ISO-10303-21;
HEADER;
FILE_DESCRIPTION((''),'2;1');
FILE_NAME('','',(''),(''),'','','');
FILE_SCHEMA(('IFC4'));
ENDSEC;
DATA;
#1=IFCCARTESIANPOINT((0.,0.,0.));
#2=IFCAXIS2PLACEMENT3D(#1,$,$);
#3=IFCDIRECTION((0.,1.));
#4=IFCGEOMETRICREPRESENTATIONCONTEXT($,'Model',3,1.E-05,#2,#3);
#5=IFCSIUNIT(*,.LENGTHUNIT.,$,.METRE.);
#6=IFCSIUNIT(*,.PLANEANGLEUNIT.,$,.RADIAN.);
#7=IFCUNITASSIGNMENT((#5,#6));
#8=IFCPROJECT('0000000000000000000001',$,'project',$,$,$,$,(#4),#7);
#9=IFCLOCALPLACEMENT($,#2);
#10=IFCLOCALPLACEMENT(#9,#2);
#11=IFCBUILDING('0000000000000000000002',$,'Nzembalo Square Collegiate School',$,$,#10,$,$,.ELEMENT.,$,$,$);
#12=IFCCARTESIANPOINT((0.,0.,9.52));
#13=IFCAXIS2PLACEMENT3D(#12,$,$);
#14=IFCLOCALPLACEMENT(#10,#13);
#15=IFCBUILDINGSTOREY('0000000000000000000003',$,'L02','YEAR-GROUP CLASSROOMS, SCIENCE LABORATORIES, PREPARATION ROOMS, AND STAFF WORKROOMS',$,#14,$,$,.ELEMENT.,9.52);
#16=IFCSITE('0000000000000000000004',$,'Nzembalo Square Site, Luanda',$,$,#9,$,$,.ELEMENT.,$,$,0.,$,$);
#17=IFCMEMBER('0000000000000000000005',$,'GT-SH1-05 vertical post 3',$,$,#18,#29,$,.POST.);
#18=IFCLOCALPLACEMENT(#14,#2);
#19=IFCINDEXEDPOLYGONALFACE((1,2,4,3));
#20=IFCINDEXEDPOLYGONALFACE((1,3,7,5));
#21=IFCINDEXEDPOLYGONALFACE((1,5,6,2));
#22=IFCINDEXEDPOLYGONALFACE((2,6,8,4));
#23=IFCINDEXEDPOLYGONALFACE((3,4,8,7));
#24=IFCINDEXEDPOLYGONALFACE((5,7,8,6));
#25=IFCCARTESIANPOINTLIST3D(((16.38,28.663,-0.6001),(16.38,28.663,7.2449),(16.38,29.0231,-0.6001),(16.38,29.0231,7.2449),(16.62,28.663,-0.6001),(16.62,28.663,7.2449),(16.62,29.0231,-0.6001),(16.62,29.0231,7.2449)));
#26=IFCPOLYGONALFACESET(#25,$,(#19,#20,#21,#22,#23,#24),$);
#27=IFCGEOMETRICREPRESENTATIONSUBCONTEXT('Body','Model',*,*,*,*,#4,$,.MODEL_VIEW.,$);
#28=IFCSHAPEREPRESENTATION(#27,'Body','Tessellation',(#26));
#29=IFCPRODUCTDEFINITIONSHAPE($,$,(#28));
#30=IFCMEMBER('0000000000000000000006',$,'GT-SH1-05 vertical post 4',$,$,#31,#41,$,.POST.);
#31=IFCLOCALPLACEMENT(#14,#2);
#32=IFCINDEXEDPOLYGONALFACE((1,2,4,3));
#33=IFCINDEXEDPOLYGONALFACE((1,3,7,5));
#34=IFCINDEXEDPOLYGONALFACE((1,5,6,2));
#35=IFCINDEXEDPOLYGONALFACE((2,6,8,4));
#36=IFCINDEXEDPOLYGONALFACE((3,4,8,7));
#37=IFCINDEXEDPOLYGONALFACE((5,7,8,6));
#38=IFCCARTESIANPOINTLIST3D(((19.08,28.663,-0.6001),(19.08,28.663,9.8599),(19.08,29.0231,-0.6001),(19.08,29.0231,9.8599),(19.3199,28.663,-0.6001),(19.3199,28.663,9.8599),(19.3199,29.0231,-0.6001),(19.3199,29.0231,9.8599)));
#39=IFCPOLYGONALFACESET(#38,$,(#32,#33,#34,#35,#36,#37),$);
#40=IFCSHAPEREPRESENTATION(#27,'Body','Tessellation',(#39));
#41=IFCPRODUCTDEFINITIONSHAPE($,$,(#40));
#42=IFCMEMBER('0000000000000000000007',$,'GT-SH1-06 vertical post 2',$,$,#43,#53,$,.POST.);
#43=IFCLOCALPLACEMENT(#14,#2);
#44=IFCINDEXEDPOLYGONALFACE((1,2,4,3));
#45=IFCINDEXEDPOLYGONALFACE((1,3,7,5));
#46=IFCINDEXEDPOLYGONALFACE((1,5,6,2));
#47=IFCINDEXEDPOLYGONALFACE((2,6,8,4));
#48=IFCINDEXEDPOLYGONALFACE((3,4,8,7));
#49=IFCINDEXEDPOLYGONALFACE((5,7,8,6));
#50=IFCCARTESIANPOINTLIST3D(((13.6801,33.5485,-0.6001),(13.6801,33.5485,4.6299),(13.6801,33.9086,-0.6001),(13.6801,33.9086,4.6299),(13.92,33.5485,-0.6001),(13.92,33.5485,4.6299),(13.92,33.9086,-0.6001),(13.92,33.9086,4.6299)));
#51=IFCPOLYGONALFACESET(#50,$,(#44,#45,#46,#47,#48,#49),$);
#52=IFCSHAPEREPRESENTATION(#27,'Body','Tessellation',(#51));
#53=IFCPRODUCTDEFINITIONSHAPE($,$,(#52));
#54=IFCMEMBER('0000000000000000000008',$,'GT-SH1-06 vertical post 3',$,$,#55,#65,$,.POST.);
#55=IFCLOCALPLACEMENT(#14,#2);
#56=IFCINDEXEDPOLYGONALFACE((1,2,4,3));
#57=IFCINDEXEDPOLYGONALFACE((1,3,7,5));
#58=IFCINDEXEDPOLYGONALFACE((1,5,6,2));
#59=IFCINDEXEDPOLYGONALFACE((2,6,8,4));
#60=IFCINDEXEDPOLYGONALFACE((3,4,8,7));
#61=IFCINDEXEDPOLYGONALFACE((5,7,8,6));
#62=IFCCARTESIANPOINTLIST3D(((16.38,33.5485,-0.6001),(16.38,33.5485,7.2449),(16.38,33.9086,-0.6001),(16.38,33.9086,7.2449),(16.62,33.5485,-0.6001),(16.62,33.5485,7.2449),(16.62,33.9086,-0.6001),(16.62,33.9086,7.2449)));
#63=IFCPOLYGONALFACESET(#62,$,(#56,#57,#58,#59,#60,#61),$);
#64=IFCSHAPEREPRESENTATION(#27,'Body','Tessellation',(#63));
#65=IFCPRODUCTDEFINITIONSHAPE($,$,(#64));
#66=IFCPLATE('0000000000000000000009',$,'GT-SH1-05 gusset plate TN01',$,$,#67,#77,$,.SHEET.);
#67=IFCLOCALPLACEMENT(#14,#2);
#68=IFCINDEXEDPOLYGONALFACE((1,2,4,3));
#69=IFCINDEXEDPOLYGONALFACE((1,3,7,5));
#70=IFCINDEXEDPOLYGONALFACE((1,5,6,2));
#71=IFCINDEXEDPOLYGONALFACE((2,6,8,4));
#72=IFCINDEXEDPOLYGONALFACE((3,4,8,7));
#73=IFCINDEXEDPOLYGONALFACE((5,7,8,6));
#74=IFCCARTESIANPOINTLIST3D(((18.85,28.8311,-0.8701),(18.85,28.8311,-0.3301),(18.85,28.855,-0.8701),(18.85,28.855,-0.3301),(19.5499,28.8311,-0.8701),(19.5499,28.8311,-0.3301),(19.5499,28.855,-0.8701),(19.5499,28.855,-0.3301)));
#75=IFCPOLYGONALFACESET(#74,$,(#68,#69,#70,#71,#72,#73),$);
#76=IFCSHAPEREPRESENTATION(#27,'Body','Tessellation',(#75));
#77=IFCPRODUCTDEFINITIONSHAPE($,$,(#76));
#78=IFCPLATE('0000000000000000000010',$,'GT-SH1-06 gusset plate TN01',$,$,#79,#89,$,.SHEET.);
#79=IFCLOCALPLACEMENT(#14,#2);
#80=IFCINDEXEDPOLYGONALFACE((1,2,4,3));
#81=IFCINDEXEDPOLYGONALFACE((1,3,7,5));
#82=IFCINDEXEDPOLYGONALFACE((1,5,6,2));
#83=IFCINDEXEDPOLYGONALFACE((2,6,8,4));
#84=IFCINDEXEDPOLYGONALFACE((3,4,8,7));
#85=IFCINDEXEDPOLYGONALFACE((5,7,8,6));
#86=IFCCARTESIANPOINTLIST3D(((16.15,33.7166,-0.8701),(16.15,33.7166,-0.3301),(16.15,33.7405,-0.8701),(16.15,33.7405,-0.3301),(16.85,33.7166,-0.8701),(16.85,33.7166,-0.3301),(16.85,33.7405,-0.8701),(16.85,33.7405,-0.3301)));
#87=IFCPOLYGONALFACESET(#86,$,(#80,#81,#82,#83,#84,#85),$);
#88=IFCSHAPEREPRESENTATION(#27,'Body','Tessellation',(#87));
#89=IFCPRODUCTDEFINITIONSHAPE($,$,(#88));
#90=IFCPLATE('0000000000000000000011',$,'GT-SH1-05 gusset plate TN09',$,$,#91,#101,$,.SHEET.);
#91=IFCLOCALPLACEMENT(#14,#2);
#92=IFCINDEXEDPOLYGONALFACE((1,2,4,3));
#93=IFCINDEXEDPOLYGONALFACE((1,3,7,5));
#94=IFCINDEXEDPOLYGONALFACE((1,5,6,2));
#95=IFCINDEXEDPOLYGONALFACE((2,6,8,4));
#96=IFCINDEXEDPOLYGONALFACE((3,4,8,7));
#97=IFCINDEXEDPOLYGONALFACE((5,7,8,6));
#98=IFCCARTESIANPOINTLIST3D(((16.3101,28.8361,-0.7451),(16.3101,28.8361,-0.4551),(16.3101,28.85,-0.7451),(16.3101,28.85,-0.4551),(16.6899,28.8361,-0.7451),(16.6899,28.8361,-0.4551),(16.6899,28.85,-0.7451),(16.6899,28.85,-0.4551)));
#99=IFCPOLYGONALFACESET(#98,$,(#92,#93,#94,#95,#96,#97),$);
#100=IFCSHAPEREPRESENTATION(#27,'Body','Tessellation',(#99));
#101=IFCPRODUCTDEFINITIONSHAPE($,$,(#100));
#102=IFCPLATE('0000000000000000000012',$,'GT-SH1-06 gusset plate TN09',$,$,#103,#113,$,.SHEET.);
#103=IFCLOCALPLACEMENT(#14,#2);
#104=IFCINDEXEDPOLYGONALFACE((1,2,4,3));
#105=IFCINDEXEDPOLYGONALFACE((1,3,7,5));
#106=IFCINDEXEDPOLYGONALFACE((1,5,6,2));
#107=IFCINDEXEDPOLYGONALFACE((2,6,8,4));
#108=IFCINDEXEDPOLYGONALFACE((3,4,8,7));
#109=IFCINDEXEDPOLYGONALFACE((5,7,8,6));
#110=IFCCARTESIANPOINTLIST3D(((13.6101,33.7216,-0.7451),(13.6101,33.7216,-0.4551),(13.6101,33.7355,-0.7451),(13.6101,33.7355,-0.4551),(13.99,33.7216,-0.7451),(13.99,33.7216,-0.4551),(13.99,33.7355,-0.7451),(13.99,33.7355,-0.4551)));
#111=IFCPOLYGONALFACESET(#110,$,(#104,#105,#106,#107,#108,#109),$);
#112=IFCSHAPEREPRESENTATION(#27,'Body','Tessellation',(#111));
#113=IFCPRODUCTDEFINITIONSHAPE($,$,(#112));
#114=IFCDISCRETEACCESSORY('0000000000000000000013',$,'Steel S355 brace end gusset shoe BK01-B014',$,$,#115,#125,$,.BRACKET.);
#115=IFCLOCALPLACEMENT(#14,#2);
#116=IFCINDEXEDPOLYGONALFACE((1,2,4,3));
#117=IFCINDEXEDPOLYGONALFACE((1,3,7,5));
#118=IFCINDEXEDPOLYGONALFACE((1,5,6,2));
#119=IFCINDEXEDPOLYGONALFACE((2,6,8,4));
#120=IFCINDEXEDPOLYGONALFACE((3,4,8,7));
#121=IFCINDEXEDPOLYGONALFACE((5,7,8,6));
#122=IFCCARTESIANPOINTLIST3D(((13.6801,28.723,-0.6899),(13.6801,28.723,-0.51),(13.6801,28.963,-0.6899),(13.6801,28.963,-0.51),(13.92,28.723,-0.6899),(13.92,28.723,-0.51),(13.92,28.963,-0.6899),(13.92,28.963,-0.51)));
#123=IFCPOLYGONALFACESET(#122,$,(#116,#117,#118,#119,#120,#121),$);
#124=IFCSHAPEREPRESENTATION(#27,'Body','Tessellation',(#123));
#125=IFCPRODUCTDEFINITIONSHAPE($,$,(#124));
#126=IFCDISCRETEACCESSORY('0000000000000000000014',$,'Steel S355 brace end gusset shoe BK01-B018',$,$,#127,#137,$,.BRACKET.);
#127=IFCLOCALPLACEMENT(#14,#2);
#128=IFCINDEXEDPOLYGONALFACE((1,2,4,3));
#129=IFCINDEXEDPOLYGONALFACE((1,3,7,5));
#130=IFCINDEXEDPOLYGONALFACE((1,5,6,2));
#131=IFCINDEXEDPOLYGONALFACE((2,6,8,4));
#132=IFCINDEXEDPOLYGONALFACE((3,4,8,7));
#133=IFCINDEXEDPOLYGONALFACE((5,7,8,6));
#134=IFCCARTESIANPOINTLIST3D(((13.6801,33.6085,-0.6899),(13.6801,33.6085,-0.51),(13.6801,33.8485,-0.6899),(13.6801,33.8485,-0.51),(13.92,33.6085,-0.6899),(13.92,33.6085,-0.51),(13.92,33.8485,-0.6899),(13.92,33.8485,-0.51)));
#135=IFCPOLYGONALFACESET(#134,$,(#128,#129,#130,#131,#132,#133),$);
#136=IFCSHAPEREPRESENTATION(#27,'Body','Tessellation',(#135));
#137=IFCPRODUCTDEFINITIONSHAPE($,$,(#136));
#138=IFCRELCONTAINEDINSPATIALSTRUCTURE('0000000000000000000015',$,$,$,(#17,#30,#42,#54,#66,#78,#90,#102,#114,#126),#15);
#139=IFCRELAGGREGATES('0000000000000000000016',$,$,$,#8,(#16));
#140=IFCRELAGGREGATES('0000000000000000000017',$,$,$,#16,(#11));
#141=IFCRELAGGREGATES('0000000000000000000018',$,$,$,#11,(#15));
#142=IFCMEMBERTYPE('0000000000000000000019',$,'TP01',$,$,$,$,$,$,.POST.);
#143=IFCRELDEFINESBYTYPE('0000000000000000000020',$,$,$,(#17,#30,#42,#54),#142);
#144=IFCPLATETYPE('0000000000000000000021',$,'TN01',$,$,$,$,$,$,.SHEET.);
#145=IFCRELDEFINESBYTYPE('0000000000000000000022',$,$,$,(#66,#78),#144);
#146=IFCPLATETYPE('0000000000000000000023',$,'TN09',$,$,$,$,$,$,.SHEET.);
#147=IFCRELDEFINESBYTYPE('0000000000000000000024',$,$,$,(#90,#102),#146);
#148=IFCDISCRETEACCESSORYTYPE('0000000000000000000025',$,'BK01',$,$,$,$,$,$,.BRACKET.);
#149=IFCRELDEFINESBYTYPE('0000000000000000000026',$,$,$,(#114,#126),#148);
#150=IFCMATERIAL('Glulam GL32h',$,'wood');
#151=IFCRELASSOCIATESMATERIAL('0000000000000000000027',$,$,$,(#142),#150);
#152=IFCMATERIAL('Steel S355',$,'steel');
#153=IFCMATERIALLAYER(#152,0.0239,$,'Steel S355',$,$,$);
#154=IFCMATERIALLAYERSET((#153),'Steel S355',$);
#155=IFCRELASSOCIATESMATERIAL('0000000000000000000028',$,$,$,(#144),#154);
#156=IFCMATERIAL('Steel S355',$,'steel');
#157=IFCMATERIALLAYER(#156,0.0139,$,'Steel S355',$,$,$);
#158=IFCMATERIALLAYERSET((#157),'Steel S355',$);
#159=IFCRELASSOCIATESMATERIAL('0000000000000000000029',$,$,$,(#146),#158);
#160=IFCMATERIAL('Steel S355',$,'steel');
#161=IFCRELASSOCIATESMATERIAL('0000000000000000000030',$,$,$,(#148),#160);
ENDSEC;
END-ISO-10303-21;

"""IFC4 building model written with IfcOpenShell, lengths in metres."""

from ifc_helpers import new_model, si_unit, direction, frame, origin, origin_2d, place, context, subcontext, project, spatial, rectangle, extrude, material, layer, layer_set, material_profile, profile_set, type_object, element, save


model = new_model("IFC4")

# Units and contexts
model_context = context("Model", 3, precision=1e-05, world=origin(), true_north=direction((0.0, 1.0)))
body_context = subcontext(model_context, "Body", "Model", "MODEL_VIEW")
ifc_project = project(units=[si_unit("LENGTHUNIT", "METRE"), si_unit("PLANEANGLEUNIT", "RADIAN")], contexts=[model_context])

# Site, building, storey
site_placement = place(None, origin())
site = spatial("IfcSite", under=ifc_project, at=site_placement, Name="Nzembalo Square Site, Luanda", CompositionType="ELEMENT", RefElevation=0.0)
building_placement = place(site_placement, origin())
building = spatial("IfcBuilding", under=site, at=building_placement, Name="Nzembalo Square Collegiate School", CompositionType="ELEMENT")
storey_placement = place(building_placement, frame((0.0, 0.0, 9.52)))
storey = spatial("IfcBuildingStorey", under=building, at=storey_placement, Name="L02", Description="YEAR-GROUP CLASSROOMS, SCIENCE LABORATORIES, PREPARATION ROOMS, AND STAFF WORKROOMS", CompositionType="ELEMENT", Elevation=9.52)

# Members
ifc_material_1 = material(Name="Glulam GL32h", Category="wood")
ifc_material_profile_1 = material_profile(ifc_material_1, rectangle(XDim=0.24, YDim=0.3601, at=origin_2d()), Name="GL32h 240x360")
ifc_profile_set_1 = profile_set([ifc_material_profile_1], Name="Glulam GL32h")
member_type_1 = type_object("IfcMemberType", Name="TP01", PredefinedType="POST", material=ifc_profile_set_1)
member_1_placement = place(storey_placement, frame((16.5, 28.843, -0.6001), z_axis=(0.0, 0.0, 1.0), x_axis=(1.0, 0.0, 0.0)))
element("IfcMember", 1, at=member_1_placement, inside=storey, type_object=member_type_1, Name="GT-SH1-05 vertical post 3", PredefinedType="POST", context=body_context, shape_type="SweptSolid", body=[
    extrude(rectangle(XDim=0.24, YDim=0.3601, at=origin_2d()), origin(), (0.0, 0.0, 1.0), 7.845),
])
member_2_placement = place(storey_placement, frame((19.2, 28.843, -0.6001), z_axis=(0.0, 0.0, 1.0), x_axis=(1.0, 0.0, 0.0)))
element("IfcMember", 2, at=member_2_placement, inside=storey, type_object=member_type_1, Name="GT-SH1-05 vertical post 4", PredefinedType="POST", context=body_context, shape_type="SweptSolid", body=[
    extrude(rectangle(XDim=0.24, YDim=0.3601, at=origin_2d()), origin(), (0.0, 0.0, 1.0), 10.46),
])
member_3_placement = place(storey_placement, frame((13.8, 33.7285, -0.6001), z_axis=(0.0, 0.0, 1.0), x_axis=(1.0, 0.0, 0.0)))
element("IfcMember", 3, at=member_3_placement, inside=storey, type_object=member_type_1, Name="GT-SH1-06 vertical post 2", PredefinedType="POST", context=body_context, shape_type="SweptSolid", body=[
    extrude(rectangle(XDim=0.24, YDim=0.3601, at=origin_2d()), origin(), (0.0, 0.0, 1.0), 5.23),
])
member_4_placement = place(storey_placement, frame((16.5, 33.7285, -0.6001), z_axis=(0.0, 0.0, 1.0), x_axis=(1.0, 0.0, 0.0)))
element("IfcMember", 4, at=member_4_placement, inside=storey, type_object=member_type_1, Name="GT-SH1-06 vertical post 3", PredefinedType="POST", context=body_context, shape_type="SweptSolid", body=[
    extrude(rectangle(XDim=0.24, YDim=0.3601, at=origin_2d()), origin(), (0.0, 0.0, 1.0), 7.845),
])

# Plates
ifc_material_2 = material(Name="Steel S355", Category="steel")
ifc_layer_1 = layer(ifc_material_2, 0.0239, Name="Steel S355")
ifc_layer_set_1 = layer_set([ifc_layer_1], Name="Steel S355")
plate_type_1 = type_object("IfcPlateType", Name="TN01", PredefinedType="SHEET", material=ifc_layer_set_1)
for number, where, z_axis, x_axis, name in (
    (5, (19.2, 28.843, -0.8701), (0.0, 0.0, 1.0), (1.0, 0.0, 0.0), "GT-SH1-05 gusset plate TN01"),
    (6, (16.5, 33.7285, -0.8701), (0.0, 0.0, 1.0), (1.0, 0.0, 0.0), "GT-SH1-06 gusset plate TN01"),
):
    element("IfcPlate", number, at=place(storey_placement, frame(where, z_axis=z_axis, x_axis=x_axis)), inside=storey, type_object=plate_type_1, Name=name, PredefinedType="SHEET", context=body_context, shape_type="SweptSolid", body=[
        extrude(rectangle(XDim=0.7, YDim=0.0239, at=origin_2d()), origin(), (0.0, 0.0, 1.0), 0.54),
    ])
ifc_material_3 = material(Name="Steel S355", Category="steel")
ifc_layer_2 = layer(ifc_material_3, 0.0139, Name="Steel S355")
ifc_layer_set_2 = layer_set([ifc_layer_2], Name="Steel S355")
plate_type_2 = type_object("IfcPlateType", Name="TN09", PredefinedType="SHEET", material=ifc_layer_set_2)
for number, where, z_axis, x_axis, name in (
    (7, (16.5, 28.843, -0.7451), (0.0, 0.0, 1.0), (1.0, 0.0, 0.0), "GT-SH1-05 gusset plate TN09"),
    (8, (13.8, 33.7285, -0.7451), (0.0, 0.0, 1.0), (1.0, 0.0, 0.0), "GT-SH1-06 gusset plate TN09"),
):
    element("IfcPlate", number, at=place(storey_placement, frame(where, z_axis=z_axis, x_axis=x_axis)), inside=storey, type_object=plate_type_2, Name=name, PredefinedType="SHEET", context=body_context, shape_type="SweptSolid", body=[
        extrude(rectangle(XDim=0.3799, YDim=0.0139, at=origin_2d()), origin(), (0.0, 0.0, 1.0), 0.29),
    ])

# Discrete accessories
ifc_material_4 = material(Name="Steel S355", Category="steel")
discrete_accessory_type = type_object("IfcDiscreteAccessoryType", Name="BK01", PredefinedType="BRACKET", material=ifc_material_4)
for number, where, z_axis, x_axis, name in (
    (9, (13.8, 28.843, -0.6899), (0.0, 0.0, 1.0), (1.0, 0.0, 0.0), "Steel S355 brace end gusset shoe BK01-B014"),
    (10, (13.8, 33.7285, -0.6899), (0.0, 0.0, 1.0), (1.0, 0.0, 0.0), "Steel S355 brace end gusset shoe BK01-B018"),
):
    element("IfcDiscreteAccessory", number, at=place(storey_placement, frame(where, z_axis=z_axis, x_axis=x_axis)), inside=storey, type_object=discrete_accessory_type, Name=name, PredefinedType="BRACKET", context=body_context, shape_type="SweptSolid", body=[
        extrude(rectangle(XDim=0.24, YDim=0.24, at=origin_2d()), origin(), (0.0, 0.0, 1.0), 0.1799),
    ])

save(model, "model.ifc")
